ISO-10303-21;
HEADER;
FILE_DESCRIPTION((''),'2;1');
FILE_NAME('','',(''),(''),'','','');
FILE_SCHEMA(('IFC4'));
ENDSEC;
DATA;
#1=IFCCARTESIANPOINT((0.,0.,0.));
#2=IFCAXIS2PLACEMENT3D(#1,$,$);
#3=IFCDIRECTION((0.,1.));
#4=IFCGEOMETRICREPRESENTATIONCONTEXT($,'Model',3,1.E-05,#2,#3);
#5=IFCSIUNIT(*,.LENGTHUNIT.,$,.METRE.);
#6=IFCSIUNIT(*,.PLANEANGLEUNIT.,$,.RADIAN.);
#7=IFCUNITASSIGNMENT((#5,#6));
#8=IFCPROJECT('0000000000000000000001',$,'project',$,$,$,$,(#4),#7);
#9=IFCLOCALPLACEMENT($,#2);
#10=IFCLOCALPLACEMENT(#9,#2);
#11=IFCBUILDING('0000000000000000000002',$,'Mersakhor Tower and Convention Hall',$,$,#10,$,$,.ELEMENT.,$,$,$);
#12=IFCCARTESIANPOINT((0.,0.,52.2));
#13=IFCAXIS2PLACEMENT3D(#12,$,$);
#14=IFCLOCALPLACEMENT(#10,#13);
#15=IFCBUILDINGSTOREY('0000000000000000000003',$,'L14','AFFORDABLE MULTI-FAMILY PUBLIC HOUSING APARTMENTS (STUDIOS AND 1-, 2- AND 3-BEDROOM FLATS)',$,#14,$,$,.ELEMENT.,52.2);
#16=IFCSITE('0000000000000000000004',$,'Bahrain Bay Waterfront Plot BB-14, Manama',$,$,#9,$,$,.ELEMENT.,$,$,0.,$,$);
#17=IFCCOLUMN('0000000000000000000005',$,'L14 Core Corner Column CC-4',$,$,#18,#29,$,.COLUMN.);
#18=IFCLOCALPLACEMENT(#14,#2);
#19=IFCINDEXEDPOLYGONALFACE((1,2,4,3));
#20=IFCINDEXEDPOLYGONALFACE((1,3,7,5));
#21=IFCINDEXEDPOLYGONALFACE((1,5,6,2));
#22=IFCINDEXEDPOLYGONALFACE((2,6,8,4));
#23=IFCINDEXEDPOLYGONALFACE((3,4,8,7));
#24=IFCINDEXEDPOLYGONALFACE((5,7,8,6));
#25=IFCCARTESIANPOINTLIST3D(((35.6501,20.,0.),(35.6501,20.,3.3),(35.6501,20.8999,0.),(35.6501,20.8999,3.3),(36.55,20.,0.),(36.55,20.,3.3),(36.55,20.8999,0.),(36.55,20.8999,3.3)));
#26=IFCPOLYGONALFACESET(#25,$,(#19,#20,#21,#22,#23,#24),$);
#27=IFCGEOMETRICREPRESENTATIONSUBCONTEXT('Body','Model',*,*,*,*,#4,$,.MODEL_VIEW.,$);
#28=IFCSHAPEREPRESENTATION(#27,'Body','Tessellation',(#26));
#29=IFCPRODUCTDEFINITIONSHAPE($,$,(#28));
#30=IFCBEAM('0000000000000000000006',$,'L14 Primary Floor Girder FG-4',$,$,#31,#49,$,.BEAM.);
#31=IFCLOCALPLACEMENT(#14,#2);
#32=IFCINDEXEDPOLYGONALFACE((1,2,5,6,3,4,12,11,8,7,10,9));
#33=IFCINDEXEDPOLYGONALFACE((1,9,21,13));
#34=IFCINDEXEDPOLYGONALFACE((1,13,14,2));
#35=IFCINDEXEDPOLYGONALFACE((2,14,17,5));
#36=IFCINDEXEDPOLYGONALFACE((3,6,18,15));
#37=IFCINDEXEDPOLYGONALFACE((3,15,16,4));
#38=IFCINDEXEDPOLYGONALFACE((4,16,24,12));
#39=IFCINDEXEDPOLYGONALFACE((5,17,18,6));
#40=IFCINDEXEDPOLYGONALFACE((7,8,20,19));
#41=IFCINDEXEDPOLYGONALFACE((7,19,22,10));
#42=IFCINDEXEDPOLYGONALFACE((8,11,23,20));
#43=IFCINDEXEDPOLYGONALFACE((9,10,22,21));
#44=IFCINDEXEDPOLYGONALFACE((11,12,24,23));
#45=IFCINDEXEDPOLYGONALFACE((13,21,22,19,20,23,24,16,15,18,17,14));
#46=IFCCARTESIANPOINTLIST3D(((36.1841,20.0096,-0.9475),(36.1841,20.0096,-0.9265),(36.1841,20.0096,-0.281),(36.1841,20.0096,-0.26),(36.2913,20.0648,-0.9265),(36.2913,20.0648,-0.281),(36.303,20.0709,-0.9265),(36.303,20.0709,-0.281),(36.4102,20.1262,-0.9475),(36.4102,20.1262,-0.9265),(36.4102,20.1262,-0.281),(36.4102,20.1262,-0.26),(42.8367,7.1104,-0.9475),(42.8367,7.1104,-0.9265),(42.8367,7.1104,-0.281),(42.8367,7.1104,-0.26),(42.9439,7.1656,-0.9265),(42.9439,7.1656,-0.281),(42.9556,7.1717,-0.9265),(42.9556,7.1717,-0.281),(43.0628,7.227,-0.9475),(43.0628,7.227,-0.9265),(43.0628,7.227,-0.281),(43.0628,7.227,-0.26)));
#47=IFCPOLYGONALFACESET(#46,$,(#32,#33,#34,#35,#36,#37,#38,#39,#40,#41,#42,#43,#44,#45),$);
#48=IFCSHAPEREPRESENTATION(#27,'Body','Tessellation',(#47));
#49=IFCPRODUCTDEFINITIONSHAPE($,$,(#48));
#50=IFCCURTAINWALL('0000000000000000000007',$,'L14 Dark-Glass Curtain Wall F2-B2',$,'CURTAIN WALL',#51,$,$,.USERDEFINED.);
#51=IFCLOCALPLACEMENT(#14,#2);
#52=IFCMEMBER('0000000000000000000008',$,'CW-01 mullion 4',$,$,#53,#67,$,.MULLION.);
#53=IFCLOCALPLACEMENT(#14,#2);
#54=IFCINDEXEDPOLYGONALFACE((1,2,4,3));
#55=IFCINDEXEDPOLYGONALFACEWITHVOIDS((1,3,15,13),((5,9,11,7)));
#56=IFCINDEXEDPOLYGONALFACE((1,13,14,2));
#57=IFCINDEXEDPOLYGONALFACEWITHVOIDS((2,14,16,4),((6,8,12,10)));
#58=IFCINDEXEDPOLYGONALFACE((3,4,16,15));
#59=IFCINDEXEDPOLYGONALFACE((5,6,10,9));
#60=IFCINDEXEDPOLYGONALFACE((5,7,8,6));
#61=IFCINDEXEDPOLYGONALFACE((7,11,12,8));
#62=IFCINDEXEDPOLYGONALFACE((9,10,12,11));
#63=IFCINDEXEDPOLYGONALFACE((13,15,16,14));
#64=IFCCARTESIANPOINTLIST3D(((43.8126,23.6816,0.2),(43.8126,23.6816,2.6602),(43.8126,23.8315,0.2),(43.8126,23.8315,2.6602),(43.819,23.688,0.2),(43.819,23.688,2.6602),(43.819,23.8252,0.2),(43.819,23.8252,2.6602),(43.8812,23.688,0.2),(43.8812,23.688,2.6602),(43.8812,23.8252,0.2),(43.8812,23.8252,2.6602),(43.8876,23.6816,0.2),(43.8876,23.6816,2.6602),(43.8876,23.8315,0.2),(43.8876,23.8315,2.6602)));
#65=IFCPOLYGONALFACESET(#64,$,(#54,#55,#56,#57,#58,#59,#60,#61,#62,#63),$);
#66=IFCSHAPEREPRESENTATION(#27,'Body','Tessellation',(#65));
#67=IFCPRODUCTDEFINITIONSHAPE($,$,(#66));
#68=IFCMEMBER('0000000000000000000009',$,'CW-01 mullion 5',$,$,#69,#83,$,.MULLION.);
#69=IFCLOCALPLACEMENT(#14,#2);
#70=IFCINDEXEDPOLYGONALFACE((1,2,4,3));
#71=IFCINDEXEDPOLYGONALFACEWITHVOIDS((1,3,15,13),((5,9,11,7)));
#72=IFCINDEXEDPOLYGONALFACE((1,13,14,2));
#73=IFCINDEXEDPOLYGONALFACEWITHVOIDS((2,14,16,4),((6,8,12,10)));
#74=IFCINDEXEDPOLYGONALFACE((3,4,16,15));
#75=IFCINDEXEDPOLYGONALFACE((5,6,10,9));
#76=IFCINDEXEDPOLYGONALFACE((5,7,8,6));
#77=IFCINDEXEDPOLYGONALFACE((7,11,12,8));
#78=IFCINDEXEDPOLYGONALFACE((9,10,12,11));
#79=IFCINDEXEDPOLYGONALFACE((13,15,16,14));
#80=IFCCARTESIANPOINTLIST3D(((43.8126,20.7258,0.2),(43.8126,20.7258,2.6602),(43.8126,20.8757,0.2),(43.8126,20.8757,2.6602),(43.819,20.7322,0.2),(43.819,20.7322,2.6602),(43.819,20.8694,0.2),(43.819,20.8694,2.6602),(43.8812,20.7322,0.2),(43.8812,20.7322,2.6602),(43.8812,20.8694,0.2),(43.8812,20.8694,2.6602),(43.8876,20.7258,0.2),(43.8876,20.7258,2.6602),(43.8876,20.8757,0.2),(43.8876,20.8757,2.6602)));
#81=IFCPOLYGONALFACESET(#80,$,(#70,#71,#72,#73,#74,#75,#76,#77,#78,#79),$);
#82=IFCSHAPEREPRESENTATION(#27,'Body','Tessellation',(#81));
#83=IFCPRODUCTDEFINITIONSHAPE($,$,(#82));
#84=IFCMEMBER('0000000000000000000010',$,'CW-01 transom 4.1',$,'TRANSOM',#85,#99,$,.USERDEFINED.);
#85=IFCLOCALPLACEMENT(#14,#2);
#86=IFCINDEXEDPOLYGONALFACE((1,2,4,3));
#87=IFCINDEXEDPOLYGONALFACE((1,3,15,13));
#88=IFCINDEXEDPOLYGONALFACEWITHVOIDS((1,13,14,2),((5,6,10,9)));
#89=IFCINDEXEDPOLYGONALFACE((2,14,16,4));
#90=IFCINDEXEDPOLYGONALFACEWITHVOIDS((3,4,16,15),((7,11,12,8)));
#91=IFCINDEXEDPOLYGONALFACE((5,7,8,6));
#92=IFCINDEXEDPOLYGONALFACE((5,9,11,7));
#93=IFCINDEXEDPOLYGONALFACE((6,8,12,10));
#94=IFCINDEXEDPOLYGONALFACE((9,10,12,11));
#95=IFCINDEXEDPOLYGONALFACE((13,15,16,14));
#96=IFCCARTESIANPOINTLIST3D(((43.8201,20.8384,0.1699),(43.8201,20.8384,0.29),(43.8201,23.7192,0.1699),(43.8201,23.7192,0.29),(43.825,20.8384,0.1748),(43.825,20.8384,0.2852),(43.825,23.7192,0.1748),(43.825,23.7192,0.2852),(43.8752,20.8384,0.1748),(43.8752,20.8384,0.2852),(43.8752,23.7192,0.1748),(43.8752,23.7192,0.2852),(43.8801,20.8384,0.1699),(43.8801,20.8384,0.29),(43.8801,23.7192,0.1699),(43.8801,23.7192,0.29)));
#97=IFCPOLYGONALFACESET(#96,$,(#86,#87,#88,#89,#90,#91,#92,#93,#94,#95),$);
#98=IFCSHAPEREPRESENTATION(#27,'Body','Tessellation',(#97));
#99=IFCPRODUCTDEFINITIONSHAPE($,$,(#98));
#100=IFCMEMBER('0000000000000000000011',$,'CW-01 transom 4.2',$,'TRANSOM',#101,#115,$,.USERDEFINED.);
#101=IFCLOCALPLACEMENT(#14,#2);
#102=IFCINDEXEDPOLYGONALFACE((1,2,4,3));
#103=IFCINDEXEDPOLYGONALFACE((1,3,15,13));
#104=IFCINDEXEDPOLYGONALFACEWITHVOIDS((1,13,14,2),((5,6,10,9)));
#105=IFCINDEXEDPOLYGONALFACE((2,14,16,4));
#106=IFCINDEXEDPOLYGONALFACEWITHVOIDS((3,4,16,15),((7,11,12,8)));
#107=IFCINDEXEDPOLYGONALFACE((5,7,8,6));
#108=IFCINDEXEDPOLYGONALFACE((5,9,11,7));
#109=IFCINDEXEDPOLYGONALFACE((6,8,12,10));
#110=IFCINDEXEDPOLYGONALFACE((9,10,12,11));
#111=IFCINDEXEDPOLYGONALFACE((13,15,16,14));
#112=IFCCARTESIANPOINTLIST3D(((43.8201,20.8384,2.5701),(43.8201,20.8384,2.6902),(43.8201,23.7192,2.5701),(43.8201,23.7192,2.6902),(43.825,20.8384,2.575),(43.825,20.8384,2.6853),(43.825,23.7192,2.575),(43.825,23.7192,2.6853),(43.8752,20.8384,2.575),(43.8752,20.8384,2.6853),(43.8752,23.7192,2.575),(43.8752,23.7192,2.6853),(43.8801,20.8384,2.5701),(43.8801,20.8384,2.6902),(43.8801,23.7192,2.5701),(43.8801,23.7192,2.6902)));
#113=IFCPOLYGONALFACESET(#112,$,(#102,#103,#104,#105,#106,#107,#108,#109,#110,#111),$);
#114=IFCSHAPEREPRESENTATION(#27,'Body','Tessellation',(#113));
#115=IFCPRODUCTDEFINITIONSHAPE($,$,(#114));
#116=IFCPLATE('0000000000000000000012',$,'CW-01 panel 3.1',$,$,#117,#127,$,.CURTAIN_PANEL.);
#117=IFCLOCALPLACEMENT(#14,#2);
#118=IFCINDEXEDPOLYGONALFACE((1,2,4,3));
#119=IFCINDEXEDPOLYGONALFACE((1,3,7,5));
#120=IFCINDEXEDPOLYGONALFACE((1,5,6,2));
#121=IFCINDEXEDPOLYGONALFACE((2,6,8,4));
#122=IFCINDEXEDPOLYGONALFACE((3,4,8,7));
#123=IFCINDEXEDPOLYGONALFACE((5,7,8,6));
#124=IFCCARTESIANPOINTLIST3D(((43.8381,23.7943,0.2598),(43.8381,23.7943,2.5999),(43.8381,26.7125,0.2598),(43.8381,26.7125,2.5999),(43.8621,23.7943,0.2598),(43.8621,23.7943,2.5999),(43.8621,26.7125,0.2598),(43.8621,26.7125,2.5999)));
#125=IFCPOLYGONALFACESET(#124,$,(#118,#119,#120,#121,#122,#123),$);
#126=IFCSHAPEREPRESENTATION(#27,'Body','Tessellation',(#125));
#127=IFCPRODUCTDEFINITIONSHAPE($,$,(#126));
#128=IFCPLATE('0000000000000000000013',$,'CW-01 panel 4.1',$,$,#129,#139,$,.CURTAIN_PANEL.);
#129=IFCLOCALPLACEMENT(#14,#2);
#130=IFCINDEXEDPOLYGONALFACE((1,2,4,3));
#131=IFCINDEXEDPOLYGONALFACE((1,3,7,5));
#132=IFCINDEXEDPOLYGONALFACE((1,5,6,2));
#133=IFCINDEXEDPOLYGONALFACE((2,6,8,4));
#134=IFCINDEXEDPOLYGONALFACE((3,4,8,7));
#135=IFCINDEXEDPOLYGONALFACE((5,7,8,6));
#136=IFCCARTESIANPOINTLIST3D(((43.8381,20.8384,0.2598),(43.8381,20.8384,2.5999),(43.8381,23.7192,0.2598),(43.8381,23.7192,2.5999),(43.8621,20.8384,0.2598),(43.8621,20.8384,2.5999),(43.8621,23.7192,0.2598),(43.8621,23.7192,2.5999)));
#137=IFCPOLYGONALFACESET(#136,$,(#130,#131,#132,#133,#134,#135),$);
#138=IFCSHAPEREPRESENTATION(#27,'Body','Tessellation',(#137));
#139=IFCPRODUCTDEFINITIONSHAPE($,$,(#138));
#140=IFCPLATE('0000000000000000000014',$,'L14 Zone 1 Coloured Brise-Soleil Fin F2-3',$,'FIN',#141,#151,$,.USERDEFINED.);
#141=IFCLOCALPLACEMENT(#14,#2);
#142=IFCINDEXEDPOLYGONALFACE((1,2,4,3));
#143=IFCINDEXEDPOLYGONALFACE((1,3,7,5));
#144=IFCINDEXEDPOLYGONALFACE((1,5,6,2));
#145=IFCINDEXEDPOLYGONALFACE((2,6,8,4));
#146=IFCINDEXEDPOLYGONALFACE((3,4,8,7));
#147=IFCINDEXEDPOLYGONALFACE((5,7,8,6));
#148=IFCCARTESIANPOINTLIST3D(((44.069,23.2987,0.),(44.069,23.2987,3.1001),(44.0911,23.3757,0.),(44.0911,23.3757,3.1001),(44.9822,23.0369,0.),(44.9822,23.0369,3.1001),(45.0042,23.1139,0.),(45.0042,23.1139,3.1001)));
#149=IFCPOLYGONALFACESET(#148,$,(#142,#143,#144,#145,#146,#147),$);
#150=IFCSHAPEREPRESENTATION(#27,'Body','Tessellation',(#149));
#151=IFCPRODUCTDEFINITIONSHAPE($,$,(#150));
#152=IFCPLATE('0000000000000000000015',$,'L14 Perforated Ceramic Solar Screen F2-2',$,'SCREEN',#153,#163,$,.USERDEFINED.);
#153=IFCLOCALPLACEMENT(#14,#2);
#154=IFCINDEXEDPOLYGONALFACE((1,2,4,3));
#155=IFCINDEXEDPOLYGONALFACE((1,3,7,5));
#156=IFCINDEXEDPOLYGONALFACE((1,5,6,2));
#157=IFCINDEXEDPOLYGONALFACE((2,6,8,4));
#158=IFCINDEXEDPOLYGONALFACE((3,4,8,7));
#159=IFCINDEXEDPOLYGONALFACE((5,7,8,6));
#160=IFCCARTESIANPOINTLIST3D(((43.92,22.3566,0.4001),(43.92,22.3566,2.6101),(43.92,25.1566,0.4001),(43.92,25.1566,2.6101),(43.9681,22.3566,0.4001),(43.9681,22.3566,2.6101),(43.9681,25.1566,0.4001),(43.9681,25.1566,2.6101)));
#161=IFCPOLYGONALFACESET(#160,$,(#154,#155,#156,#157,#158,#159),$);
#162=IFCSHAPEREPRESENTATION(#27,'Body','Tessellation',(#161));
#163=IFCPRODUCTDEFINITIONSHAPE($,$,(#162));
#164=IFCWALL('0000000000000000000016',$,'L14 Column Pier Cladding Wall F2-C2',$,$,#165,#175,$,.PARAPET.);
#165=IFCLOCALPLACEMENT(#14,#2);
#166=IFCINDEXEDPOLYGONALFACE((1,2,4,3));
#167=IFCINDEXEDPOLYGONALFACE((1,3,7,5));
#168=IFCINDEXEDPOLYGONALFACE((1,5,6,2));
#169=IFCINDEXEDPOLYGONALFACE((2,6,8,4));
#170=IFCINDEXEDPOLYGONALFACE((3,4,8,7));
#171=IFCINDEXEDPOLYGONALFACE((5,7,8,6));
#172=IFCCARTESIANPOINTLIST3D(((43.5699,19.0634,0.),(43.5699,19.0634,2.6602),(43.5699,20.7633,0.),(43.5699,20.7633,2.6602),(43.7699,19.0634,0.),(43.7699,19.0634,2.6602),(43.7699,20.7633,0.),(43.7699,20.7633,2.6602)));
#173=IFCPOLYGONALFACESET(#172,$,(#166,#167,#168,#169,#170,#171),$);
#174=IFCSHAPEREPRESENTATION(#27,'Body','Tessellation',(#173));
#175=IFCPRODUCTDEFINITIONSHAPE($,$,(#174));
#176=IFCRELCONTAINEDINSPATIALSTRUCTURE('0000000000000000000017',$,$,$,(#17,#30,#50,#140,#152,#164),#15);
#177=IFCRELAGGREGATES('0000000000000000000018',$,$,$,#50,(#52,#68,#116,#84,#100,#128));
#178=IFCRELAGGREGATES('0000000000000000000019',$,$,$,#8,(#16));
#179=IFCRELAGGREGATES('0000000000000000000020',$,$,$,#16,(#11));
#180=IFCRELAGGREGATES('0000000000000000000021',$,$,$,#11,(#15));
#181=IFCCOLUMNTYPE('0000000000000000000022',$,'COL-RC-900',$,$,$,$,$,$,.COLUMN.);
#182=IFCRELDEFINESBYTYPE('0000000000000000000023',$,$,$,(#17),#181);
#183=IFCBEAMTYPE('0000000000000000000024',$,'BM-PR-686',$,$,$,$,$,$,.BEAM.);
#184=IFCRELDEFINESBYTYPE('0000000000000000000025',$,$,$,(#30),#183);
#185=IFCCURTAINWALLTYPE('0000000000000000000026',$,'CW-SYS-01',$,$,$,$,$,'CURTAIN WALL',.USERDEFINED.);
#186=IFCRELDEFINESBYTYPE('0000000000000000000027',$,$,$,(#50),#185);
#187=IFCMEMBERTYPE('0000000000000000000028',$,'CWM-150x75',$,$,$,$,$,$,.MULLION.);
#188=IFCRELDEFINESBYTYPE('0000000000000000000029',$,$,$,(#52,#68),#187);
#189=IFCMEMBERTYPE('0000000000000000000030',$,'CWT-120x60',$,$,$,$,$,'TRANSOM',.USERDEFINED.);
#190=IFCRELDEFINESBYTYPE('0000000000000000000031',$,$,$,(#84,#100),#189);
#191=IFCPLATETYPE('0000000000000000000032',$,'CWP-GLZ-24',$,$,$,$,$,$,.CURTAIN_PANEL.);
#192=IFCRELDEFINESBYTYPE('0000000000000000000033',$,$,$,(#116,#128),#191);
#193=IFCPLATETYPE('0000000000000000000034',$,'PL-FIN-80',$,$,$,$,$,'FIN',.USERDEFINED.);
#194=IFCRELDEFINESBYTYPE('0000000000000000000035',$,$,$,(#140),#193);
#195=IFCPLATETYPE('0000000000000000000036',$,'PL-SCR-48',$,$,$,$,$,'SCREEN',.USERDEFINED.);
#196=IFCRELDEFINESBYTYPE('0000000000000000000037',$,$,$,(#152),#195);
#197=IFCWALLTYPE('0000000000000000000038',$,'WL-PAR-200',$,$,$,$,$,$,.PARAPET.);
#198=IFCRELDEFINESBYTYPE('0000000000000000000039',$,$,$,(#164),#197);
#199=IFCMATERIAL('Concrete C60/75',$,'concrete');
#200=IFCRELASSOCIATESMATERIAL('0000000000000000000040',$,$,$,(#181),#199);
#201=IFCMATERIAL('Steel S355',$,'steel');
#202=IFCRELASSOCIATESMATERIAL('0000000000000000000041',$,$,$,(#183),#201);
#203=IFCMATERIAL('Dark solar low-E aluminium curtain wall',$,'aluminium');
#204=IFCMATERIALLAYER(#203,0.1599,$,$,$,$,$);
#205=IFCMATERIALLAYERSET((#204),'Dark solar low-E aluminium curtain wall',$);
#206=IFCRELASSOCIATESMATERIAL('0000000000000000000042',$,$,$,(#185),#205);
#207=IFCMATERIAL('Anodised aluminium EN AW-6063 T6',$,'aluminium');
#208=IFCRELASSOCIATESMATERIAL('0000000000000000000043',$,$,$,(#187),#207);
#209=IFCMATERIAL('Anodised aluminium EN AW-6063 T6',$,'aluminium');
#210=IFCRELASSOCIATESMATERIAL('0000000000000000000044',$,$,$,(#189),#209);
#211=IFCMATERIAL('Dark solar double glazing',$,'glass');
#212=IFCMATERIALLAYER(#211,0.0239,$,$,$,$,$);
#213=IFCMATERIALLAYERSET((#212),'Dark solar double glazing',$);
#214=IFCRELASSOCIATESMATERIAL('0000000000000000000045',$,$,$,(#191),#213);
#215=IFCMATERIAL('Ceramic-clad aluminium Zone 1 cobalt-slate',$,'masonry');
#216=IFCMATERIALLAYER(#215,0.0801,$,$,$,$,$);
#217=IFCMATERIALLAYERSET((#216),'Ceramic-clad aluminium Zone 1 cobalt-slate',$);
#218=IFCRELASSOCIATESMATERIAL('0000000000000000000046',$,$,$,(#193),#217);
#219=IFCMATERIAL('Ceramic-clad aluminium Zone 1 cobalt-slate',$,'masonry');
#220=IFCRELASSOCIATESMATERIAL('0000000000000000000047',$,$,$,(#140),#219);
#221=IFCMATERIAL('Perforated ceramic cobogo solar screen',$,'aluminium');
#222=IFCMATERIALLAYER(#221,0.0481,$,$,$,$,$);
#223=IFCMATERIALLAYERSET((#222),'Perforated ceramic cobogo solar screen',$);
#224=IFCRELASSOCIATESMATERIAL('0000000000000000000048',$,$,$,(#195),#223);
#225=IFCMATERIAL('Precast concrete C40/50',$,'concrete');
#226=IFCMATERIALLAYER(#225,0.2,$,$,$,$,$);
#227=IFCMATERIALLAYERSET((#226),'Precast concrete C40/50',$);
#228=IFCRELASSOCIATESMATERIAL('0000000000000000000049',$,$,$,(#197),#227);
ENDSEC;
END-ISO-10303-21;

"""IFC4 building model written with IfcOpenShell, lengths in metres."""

from ifc_helpers import new_model, si_unit, direction, frame, frame_2d, origin, origin_2d, place, context, subcontext, project, spatial, rectangle, hollow_rectangle, i_section, extrude, material, layer, layer_set, material_profile, profile_set, type_object, element, aggregate, save


model = new_model("IFC4")

# Units and contexts
model_context = context("Model", 3, precision=1e-05, world=origin(), true_north=direction((0.0, 1.0)))
body_context = subcontext(model_context, "Body", "Model", "MODEL_VIEW")
ifc_project = project(units=[si_unit("LENGTHUNIT", "METRE"), si_unit("PLANEANGLEUNIT", "RADIAN")], contexts=[model_context])

# Site, building, storey
site_placement = place(None, origin())
site = spatial("IfcSite", under=ifc_project, at=site_placement, Name="Bahrain Bay Waterfront Plot BB-14, Manama", CompositionType="ELEMENT", RefElevation=0.0)
building_placement = place(site_placement, origin())
building = spatial("IfcBuilding", under=site, at=building_placement, Name="Mersakhor Tower and Convention Hall", CompositionType="ELEMENT")
storey_placement = place(building_placement, frame((0.0, 0.0, 52.2)))
storey = spatial("IfcBuildingStorey", under=building, at=storey_placement, Name="L14", Description="AFFORDABLE MULTI-FAMILY PUBLIC HOUSING APARTMENTS (STUDIOS AND 1-, 2- AND 3-BEDROOM FLATS)", CompositionType="ELEMENT", Elevation=52.2)

# Column
ifc_material_1 = material(Name="Concrete C60/75", Category="concrete")
ifc_material_profile_1 = material_profile(ifc_material_1, rectangle(XDim=0.8999, YDim=0.8999, at=origin_2d()), Name="RC 900x900")
ifc_profile_set_1 = profile_set([ifc_material_profile_1], Name="Concrete C60/75")
column_type = type_object("IfcColumnType", Name="COL-RC-900", PredefinedType="COLUMN", material=ifc_profile_set_1)
column_placement = place(storey_placement, frame((36.1001, 20.45, 0.0), z_axis=(0.0, 0.0, 1.0), x_axis=(1.0, 0.0, 0.0)))
element("IfcColumn", 1, at=column_placement, inside=storey, type_object=column_type, Name="L14 Core Corner Column CC-4", PredefinedType="COLUMN", context=body_context, shape_type="SweptSolid", body=[
    extrude(rectangle(XDim=0.8999, YDim=0.8999, at=origin_2d()), origin(), (0.0, 0.0, 1.0), 3.3),
])

# Beam
ifc_material_2 = material(Name="Steel S355", Category="steel")
ifc_material_profile_2 = material_profile(ifc_material_2, i_section(OverallWidth=0.2544, OverallDepth=0.6875, WebThickness=0.0132, FlangeThickness=0.021, at=origin_2d()), Name="UB 686x254x152")
ifc_profile_set_2 = profile_set([ifc_material_profile_2], Name="Steel S355")
beam_type = type_object("IfcBeamType", Name="BM-PR-686", PredefinedType="BEAM", material=ifc_profile_set_2)
beam_placement = place(storey_placement, frame((36.2971, 20.0679, -0.6038), z_axis=(0.458368, -0.888762, 0.0), x_axis=(0.888762, 0.458368, 0.0)))
element("IfcBeam", 2, at=beam_placement, inside=storey, type_object=beam_type, Name="L14 Primary Floor Girder FG-4", PredefinedType="BEAM", context=body_context, shape_type="SweptSolid", body=[
    extrude(i_section(OverallWidth=0.2544, OverallDepth=0.6875, WebThickness=0.0132, FlangeThickness=0.021, at=origin_2d()), origin(), (0.0, 0.0, 1.0), 14.5137),
])

# Curtain wall, members, plates
ifc_material_3 = material(Name="Dark solar low-E aluminium curtain wall", Category="aluminium")
ifc_layer_1 = layer(ifc_material_3, 0.1599)
ifc_layer_set_1 = layer_set([ifc_layer_1], Name="Dark solar low-E aluminium curtain wall")
curtain_wall_type = type_object("IfcCurtainWallType", Name="CW-SYS-01", ElementType="CURTAIN WALL", PredefinedType="USERDEFINED", material=ifc_layer_set_1)
curtain_wall_placement = place(storey_placement, origin())
curtain_wall = element("IfcCurtainWall", 3, at=curtain_wall_placement, inside=storey, type_object=curtain_wall_type, Name="L14 Dark-Glass Curtain Wall F2-B2", ObjectType="CURTAIN WALL", PredefinedType="USERDEFINED")
ifc_material_4 = material(Name="Anodised aluminium EN AW-6063 T6", Category="aluminium")
ifc_material_profile_3 = material_profile(ifc_material_4, hollow_rectangle(XDim=0.075, YDim=0.1499, WallThickness=0.0063, at=origin_2d()), Name="RHS 150x75x6.3")
ifc_profile_set_3 = profile_set([ifc_material_profile_3], Name="Anodised aluminium EN AW-6063 T6")
member_type_1 = type_object("IfcMemberType", Name="CWM-150x75", PredefinedType="MULLION", material=ifc_profile_set_3)
member_1_placement = place(storey_placement, frame((43.8501, 23.7566, 0.2), z_axis=(0.0, 0.0, 1.0), x_axis=(1.0, 0.0, 0.0)))
member_1 = element("IfcMember", 4, at=member_1_placement, type_object=member_type_1, Name="CW-01 mullion 4", PredefinedType="MULLION", context=body_context, shape_type="SweptSolid", body=[
    extrude(hollow_rectangle(XDim=0.075, YDim=0.1499, WallThickness=0.0063, at=origin_2d()), origin(), (0.0, 0.0, 1.0), 2.4602),
])
member_2_placement = place(storey_placement, frame((43.8501, 20.8008, 0.2), z_axis=(0.0, 0.0, 1.0), x_axis=(1.0, 0.0, 0.0)))
member_2 = element("IfcMember", 5, at=member_2_placement, type_object=member_type_1, Name="CW-01 mullion 5", PredefinedType="MULLION", context=body_context, shape_type="SweptSolid", body=[
    extrude(hollow_rectangle(XDim=0.075, YDim=0.1499, WallThickness=0.0063, at=origin_2d()), origin(), (0.0, 0.0, 1.0), 2.4602),
])
ifc_material_5 = material(Name="Anodised aluminium EN AW-6063 T6", Category="aluminium")
ifc_material_profile_4 = material_profile(ifc_material_5, hollow_rectangle(XDim=0.0601, YDim=0.1201, WallThickness=0.0049, at=origin_2d()), Name="RHS 120x60x5")
ifc_profile_set_4 = profile_set([ifc_material_profile_4], Name="Anodised aluminium EN AW-6063 T6")
member_type_2 = type_object("IfcMemberType", Name="CWT-120x60", ElementType="TRANSOM", PredefinedType="USERDEFINED", material=ifc_profile_set_4)
member_3_placement = place(storey_placement, frame((43.8501, 23.7192, 0.23), z_axis=(0.0, -1.0, 0.0), x_axis=(1.0, 0.0, 0.0)))
member_3 = element("IfcMember", 6, at=member_3_placement, type_object=member_type_2, Name="CW-01 transom 4.1", ObjectType="TRANSOM", PredefinedType="USERDEFINED", context=body_context, shape_type="SweptSolid", body=[
    extrude(hollow_rectangle(XDim=0.0601, YDim=0.1201, WallThickness=0.0049, at=origin_2d()), origin(), (0.0, 0.0, 1.0), 2.8809),
])
member_4_placement = place(storey_placement, frame((43.8501, 23.7192, 2.6301), z_axis=(0.0, -1.0, 0.0), x_axis=(1.0, 0.0, 0.0)))
member_4 = element("IfcMember", 7, at=member_4_placement, type_object=member_type_2, Name="CW-01 transom 4.2", ObjectType="TRANSOM", PredefinedType="USERDEFINED", context=body_context, shape_type="SweptSolid", body=[
    extrude(hollow_rectangle(XDim=0.0601, YDim=0.1201, WallThickness=0.0049, at=origin_2d()), origin(), (0.0, 0.0, 1.0), 2.8809),
])
ifc_material_6 = material(Name="Dark solar double glazing", Category="glass")
ifc_layer_2 = layer(ifc_material_6, 0.0239)
ifc_layer_set_2 = layer_set([ifc_layer_2], Name="Dark solar double glazing")
plate_type_1 = type_object("IfcPlateType", Name="CWP-GLZ-24", PredefinedType="CURTAIN_PANEL", material=ifc_layer_set_2)
plate_1_placement = place(storey_placement, frame((43.8501, 25.2534, 0.2598), z_axis=(0.0, 0.0, 1.0), x_axis=(0.0, -1.0, 0.0)))
plate_1 = element("IfcPlate", 8, at=plate_1_placement, type_object=plate_type_1, Name="CW-01 panel 3.1", PredefinedType="CURTAIN_PANEL", context=body_context, shape_type="SweptSolid", body=[
    extrude(rectangle(XDim=2.9182, YDim=0.0239, at=origin_2d()), origin(), (0.0, 0.0, 1.0), 2.3401),
])
plate_2_placement = place(storey_placement, frame((43.8501, 22.2788, 0.2598), z_axis=(0.0, 0.0, 1.0), x_axis=(0.0, -1.0, 0.0)))
plate_2 = element("IfcPlate", 9, at=plate_2_placement, type_object=plate_type_1, Name="CW-01 panel 4.1", PredefinedType="CURTAIN_PANEL", context=body_context, shape_type="SweptSolid", body=[
    extrude(rectangle(XDim=2.8809, YDim=0.0239, at=origin_2d()), origin(), (0.0, 0.0, 1.0), 2.3401),
])
aggregate(curtain_wall, [member_1, member_2, plate_1, member_3, member_4, plate_2])

# Plates
ifc_material_7 = material(Name="Ceramic-clad aluminium Zone 1 cobalt-slate", Category="masonry")
ifc_material_8 = material(Name="Ceramic-clad aluminium Zone 1 cobalt-slate", Category="masonry")
ifc_layer_3 = layer(ifc_material_8, 0.0801)
ifc_layer_set_3 = layer_set([ifc_layer_3], Name="Ceramic-clad aluminium Zone 1 cobalt-slate")
plate_type_2 = type_object("IfcPlateType", Name="PL-FIN-80", ElementType="FIN", PredefinedType="USERDEFINED", material=ifc_layer_set_3)
plate_3_placement = place(storey_placement, frame((44.5366, 23.2063, 0.0), z_axis=(0.0, 0.0, 1.0), x_axis=(0.961262, -0.275637, 0.0)))
element("IfcPlate", 10, at=plate_3_placement, inside=storey, type_object=plate_type_2, material=ifc_material_7, Name="L14 Zone 1 Coloured Brise-Soleil Fin F2-3", ObjectType="FIN", PredefinedType="USERDEFINED", context=body_context, shape_type="SweptSolid", body=[
    extrude(rectangle(XDim=0.95, YDim=0.0801, at=origin_2d()), origin(), (0.0, 0.0, 1.0), 3.1001),
])
ifc_material_9 = material(Name="Perforated ceramic cobogo solar screen", Category="aluminium")
ifc_layer_4 = layer(ifc_material_9, 0.0481)
ifc_layer_set_4 = layer_set([ifc_layer_4], Name="Perforated ceramic cobogo solar screen")
plate_type_3 = type_object("IfcPlateType", Name="PL-SCR-48", ElementType="SCREEN", PredefinedType="USERDEFINED", material=ifc_layer_set_4)
plate_4_placement = place(storey_placement, frame((43.9441, 23.7566, 0.4001), z_axis=(0.0, 0.0, 1.0), x_axis=(0.0, -1.0, 0.0)))
element("IfcPlate", 11, at=plate_4_placement, inside=storey, type_object=plate_type_3, Name="L14 Perforated Ceramic Solar Screen F2-2", ObjectType="SCREEN", PredefinedType="USERDEFINED", context=body_context, shape_type="SweptSolid", body=[
    extrude(rectangle(XDim=2.8, YDim=0.0481, at=origin_2d()), origin(), (0.0, 0.0, 1.0), 2.21),
])

# Wall
ifc_material_10 = material(Name="Precast concrete C40/50", Category="concrete")
ifc_layer_5 = layer(ifc_material_10, 0.2)
ifc_layer_set_5 = layer_set([ifc_layer_5], Name="Precast concrete C40/50")
wall_type_1 = type_object("IfcWallType", Name="WL-PAR-200", PredefinedType="PARAPET", material=ifc_layer_set_5)
wall_1_placement = place(storey_placement, frame((43.6699, 20.7634, 0.0), z_axis=(0.0, 0.0, 1.0), x_axis=(0.0, -1.0, 0.0)))
element("IfcWall", 12, at=wall_1_placement, inside=storey, type_object=wall_type_1, Name="L14 Column Pier Cladding Wall F2-C2", PredefinedType="PARAPET", context=body_context, shape_type="SweptSolid", body=[
    extrude(rectangle(XDim=1.7, YDim=0.2, at=frame_2d((0.8501, 0.0))), origin(), (0.0, 0.0, 1.0), 2.6602),
])

save(model, "model.ifc")
